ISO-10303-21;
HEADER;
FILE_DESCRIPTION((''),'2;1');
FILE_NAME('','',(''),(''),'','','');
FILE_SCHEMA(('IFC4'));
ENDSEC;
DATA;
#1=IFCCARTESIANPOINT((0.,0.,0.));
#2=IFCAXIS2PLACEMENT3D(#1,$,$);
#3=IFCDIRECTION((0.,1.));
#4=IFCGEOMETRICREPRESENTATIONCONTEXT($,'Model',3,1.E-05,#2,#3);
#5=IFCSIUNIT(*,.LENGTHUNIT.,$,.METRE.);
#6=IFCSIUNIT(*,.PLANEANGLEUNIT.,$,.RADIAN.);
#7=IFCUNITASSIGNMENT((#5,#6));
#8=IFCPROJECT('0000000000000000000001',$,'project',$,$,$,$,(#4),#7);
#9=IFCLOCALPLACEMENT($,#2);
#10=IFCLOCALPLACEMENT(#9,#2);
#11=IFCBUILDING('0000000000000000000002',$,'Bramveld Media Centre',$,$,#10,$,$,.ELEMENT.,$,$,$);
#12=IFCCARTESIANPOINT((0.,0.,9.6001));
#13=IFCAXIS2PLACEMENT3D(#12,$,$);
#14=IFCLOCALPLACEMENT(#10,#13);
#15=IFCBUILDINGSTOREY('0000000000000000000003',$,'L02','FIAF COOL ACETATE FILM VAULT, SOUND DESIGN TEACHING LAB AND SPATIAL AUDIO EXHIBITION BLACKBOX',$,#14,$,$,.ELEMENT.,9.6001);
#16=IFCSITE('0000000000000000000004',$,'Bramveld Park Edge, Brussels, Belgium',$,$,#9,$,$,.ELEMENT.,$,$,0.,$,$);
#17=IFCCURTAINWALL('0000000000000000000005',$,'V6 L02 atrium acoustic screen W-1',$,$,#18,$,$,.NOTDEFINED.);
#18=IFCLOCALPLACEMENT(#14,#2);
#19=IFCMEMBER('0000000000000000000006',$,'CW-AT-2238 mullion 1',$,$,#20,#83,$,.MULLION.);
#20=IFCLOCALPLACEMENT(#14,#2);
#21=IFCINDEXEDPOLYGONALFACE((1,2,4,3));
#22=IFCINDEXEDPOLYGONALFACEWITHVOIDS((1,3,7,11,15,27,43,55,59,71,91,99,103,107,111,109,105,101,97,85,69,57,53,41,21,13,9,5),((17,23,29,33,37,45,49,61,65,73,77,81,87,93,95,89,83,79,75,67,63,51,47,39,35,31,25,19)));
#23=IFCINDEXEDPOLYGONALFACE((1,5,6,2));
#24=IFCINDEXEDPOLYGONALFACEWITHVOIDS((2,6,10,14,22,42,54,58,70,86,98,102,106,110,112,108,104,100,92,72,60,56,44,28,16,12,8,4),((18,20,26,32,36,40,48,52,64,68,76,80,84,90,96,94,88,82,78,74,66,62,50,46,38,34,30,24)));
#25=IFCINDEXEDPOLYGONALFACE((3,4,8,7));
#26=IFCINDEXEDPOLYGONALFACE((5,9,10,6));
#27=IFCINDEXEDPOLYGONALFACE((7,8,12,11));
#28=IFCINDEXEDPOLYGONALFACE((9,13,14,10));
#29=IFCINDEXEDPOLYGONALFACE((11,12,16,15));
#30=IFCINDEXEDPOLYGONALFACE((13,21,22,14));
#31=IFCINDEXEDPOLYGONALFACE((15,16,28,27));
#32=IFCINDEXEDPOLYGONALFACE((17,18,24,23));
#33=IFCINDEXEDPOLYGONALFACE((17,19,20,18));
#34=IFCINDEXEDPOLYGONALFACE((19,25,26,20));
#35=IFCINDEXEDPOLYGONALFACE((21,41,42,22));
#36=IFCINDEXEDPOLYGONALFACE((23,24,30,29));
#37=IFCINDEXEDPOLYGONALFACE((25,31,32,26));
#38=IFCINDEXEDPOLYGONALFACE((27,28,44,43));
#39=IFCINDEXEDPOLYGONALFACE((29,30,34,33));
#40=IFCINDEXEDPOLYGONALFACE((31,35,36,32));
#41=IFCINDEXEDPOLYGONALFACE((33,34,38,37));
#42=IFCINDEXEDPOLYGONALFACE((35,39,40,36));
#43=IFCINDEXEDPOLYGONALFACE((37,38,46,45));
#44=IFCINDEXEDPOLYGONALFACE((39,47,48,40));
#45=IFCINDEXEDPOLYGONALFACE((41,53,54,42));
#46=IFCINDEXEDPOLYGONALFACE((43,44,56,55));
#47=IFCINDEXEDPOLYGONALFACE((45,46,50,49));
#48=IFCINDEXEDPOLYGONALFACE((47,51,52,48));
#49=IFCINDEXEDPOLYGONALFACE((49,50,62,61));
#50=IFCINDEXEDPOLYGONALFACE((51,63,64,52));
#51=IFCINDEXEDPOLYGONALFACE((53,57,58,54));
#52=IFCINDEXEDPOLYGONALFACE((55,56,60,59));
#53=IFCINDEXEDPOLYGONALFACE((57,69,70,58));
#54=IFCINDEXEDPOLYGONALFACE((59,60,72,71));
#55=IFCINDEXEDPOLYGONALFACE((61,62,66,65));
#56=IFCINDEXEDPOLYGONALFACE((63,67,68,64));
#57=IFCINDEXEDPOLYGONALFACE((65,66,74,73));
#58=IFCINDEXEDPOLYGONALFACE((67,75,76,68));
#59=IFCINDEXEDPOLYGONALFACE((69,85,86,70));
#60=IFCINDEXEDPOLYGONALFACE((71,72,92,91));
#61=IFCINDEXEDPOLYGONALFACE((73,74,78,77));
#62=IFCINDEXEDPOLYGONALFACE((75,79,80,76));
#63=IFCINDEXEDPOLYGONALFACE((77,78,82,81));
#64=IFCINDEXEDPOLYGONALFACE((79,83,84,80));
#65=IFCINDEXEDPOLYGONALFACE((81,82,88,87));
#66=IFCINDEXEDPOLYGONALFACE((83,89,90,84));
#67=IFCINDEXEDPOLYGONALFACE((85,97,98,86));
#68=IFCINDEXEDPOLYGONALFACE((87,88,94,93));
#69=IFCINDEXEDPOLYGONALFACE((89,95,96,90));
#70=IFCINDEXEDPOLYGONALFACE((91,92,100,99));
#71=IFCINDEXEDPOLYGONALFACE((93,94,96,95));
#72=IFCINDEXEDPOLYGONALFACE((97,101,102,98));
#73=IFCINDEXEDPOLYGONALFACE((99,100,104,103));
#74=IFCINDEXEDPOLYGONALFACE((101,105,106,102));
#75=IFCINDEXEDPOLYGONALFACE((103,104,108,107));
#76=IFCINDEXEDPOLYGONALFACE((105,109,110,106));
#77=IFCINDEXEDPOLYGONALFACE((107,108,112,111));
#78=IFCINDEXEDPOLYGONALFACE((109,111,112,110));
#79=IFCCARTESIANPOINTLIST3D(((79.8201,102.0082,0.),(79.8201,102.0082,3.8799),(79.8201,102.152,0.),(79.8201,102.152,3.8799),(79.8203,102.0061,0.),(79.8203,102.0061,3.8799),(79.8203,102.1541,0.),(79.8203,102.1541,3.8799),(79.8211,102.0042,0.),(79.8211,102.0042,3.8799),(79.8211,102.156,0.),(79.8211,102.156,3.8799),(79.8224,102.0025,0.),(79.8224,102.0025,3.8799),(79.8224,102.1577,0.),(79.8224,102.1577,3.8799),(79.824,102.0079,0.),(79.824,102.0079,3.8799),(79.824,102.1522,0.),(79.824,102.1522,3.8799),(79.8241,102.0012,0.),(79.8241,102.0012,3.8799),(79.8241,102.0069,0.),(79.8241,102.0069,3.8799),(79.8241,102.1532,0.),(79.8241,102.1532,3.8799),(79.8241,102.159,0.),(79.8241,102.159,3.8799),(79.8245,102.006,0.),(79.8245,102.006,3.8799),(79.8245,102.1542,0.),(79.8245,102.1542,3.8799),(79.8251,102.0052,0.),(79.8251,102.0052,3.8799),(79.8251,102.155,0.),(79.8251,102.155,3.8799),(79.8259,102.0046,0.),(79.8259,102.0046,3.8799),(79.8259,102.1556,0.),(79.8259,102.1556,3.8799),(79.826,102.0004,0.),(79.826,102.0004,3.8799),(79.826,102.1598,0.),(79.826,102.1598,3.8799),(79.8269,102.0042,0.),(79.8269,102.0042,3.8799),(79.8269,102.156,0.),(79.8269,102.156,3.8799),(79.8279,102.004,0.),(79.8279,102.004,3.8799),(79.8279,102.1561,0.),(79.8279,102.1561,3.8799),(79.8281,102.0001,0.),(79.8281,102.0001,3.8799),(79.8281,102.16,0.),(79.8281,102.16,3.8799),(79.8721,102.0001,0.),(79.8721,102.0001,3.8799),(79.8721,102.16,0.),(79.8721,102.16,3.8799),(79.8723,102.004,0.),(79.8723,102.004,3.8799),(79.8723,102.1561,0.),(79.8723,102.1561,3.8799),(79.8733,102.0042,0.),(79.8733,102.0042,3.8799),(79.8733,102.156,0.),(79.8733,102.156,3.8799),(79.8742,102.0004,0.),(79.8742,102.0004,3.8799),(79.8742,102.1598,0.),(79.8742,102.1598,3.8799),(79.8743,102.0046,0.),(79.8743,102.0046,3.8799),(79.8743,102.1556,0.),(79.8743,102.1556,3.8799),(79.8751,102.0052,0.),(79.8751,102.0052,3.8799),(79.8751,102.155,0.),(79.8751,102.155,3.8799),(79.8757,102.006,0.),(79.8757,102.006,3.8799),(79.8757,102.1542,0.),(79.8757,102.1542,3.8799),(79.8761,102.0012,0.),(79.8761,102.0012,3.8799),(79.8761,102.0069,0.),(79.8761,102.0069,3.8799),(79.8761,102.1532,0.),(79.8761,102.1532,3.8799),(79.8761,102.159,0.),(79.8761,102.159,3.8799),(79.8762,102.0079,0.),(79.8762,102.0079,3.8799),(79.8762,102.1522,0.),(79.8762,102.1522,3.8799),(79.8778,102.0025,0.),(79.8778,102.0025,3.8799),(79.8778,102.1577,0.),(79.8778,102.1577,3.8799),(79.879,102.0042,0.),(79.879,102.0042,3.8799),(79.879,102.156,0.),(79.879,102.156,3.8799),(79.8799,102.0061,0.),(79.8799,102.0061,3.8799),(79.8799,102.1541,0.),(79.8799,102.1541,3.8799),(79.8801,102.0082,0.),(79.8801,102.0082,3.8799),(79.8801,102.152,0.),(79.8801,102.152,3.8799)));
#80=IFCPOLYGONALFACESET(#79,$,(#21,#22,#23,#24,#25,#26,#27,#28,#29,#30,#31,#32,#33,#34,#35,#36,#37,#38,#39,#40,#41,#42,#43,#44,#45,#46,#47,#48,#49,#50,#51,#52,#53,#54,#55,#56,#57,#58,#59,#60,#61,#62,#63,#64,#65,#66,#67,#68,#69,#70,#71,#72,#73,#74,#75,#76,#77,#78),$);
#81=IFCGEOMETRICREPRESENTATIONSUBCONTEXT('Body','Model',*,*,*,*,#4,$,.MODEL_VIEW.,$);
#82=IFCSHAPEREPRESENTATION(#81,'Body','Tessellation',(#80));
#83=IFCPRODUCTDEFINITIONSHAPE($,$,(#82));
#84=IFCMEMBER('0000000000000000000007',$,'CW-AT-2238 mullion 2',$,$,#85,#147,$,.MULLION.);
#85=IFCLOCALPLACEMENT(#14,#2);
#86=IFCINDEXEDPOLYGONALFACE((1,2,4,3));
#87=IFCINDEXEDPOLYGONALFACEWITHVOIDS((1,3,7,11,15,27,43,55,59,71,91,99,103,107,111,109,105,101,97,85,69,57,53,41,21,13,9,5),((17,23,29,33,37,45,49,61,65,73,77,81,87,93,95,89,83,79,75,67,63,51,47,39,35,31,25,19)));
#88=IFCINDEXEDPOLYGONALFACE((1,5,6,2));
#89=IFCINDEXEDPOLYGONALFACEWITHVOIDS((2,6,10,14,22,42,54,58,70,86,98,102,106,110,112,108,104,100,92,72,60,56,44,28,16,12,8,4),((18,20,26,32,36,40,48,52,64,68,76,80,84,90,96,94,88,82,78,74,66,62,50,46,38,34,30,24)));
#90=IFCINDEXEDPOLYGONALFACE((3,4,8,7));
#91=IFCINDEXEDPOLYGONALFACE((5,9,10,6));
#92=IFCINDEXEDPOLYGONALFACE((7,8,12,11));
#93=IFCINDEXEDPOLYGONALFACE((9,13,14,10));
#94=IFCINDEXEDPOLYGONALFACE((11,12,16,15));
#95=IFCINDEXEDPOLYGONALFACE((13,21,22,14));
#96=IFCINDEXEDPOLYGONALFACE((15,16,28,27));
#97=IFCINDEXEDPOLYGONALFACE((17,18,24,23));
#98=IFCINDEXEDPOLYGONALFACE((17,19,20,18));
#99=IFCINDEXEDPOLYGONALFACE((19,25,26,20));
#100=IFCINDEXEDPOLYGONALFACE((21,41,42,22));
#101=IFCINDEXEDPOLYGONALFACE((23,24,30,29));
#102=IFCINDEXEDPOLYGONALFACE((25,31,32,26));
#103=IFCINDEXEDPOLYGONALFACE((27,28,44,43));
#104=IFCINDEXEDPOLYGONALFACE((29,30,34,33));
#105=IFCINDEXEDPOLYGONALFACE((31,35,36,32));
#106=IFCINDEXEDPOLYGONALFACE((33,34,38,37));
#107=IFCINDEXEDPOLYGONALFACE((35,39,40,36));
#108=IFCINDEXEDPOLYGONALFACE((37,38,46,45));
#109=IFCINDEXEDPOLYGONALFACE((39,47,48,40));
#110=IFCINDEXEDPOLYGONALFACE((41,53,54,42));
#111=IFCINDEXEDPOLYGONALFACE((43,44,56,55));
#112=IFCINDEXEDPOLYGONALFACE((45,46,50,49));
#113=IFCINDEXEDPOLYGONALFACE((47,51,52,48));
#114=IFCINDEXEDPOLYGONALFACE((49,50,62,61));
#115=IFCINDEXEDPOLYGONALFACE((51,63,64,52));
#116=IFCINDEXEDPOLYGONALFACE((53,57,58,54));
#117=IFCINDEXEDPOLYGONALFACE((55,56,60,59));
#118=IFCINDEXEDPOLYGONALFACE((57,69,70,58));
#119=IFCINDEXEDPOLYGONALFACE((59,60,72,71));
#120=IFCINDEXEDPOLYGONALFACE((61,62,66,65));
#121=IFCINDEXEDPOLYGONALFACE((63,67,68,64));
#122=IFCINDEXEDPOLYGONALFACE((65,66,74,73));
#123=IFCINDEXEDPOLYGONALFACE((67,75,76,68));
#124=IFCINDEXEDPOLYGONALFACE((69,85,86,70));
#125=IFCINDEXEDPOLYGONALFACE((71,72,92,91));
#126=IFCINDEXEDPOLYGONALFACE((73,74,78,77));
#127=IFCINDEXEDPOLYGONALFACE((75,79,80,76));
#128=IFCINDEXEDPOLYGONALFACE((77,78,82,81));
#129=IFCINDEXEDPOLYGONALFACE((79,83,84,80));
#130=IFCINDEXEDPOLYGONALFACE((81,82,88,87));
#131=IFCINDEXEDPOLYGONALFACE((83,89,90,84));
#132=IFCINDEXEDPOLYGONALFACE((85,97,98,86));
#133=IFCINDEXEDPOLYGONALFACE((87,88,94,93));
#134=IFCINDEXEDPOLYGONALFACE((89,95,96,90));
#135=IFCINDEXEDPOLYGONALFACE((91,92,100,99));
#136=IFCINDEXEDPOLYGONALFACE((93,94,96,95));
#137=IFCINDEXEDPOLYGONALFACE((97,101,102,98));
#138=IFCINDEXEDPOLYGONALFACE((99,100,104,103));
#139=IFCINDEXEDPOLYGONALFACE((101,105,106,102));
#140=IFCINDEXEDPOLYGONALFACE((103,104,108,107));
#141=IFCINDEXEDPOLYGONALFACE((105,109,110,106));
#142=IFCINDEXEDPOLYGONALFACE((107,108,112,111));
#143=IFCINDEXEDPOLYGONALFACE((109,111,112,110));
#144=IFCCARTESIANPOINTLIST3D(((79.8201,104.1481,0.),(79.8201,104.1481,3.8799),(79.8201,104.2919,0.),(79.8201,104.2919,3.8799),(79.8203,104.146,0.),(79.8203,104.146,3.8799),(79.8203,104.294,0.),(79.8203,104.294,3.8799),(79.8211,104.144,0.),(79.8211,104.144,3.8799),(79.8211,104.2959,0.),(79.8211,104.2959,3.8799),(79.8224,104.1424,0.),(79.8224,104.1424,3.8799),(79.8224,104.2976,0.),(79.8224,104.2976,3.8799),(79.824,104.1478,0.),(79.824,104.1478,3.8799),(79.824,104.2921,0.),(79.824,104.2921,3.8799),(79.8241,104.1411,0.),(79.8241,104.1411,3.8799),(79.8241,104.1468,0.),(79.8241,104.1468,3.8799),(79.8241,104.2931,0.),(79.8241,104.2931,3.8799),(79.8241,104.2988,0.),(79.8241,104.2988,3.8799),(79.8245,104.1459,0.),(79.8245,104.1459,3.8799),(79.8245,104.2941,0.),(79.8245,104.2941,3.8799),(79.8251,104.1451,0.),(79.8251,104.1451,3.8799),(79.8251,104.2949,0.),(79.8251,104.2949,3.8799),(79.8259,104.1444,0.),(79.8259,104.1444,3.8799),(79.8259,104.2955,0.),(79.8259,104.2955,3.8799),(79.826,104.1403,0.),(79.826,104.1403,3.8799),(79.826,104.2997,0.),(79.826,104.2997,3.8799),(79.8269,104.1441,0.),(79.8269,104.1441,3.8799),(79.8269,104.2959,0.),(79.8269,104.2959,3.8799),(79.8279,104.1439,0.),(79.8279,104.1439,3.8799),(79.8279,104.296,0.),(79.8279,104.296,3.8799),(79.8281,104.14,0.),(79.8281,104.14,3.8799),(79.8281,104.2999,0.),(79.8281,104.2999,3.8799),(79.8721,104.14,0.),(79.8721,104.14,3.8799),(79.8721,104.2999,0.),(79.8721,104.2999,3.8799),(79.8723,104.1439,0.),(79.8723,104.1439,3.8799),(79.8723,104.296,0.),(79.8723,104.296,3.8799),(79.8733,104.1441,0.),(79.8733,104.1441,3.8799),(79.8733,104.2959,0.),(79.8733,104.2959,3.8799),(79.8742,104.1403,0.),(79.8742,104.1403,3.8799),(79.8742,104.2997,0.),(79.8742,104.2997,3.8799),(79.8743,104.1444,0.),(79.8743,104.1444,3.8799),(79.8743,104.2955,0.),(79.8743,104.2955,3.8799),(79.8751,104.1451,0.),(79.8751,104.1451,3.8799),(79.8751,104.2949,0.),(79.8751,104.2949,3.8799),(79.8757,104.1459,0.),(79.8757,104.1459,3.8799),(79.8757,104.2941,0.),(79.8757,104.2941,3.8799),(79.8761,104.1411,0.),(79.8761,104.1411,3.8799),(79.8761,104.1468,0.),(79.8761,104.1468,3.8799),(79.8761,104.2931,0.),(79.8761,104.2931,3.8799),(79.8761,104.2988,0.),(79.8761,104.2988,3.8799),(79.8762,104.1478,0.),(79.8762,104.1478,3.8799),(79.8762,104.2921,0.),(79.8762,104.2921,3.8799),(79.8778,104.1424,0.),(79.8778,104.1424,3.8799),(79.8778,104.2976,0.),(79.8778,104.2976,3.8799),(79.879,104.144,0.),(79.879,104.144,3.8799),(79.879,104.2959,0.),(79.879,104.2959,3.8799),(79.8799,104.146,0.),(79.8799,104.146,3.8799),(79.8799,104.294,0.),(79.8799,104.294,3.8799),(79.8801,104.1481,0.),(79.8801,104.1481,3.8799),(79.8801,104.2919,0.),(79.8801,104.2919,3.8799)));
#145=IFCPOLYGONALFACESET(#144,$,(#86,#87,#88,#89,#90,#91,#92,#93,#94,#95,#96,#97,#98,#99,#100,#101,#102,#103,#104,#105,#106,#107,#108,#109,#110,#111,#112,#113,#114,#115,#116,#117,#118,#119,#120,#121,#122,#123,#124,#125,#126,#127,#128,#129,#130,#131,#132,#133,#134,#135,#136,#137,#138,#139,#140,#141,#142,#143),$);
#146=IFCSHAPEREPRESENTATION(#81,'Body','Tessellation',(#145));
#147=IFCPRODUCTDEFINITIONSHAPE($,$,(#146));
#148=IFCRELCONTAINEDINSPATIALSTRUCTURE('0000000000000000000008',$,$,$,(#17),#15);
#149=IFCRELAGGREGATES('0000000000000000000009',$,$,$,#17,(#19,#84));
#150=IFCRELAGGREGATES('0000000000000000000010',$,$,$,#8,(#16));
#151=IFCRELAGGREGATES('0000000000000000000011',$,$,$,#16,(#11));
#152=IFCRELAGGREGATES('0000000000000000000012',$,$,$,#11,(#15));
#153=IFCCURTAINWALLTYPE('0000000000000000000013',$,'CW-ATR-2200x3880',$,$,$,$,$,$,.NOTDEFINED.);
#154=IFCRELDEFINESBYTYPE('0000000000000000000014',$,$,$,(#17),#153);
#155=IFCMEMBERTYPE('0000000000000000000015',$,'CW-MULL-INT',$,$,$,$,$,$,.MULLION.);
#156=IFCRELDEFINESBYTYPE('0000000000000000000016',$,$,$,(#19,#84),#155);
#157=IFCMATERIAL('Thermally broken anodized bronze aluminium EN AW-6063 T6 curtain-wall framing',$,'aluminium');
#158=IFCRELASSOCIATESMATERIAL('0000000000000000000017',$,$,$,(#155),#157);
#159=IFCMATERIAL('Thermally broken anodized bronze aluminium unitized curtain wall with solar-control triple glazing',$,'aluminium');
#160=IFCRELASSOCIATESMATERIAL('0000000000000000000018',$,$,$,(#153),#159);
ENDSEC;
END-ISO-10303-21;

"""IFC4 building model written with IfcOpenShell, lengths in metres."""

from ifc_helpers import new_model, si_unit, direction, frame, origin, origin_2d, place, context, subcontext, project, spatial, hollow_rectangle, extrude, material, material_profile, profile_set, type_object, element, aggregate, save


model = new_model("IFC4")

# Units and contexts
model_context = context("Model", 3, precision=1e-05, world=origin(), true_north=direction((0.0, 1.0)))
body_context = subcontext(model_context, "Body", "Model", "MODEL_VIEW")
ifc_project = project(units=[si_unit("LENGTHUNIT", "METRE"), si_unit("PLANEANGLEUNIT", "RADIAN")], contexts=[model_context])

# Site, building, storey
site_placement = place(None, origin())
site = spatial("IfcSite", under=ifc_project, at=site_placement, Name="Bramveld Park Edge, Brussels, Belgium", CompositionType="ELEMENT", RefElevation=0.0)
building_placement = place(site_placement, origin())
building = spatial("IfcBuilding", under=site, at=building_placement, Name="Bramveld Media Centre", CompositionType="ELEMENT")
storey_placement = place(building_placement, frame((0.0, 0.0, 9.6001)))
storey = spatial("IfcBuildingStorey", under=building, at=storey_placement, Name="L02", Description="FIAF COOL ACETATE FILM VAULT, SOUND DESIGN TEACHING LAB AND SPATIAL AUDIO EXHIBITION BLACKBOX", CompositionType="ELEMENT", Elevation=9.6001)

# Curtain wall, members
ifc_material_1 = material(Name="Thermally broken anodized bronze aluminium EN AW-6063 T6 curtain-wall framing", Category="aluminium")
ifc_material_profile_1 = material_profile(ifc_material_1, hollow_rectangle(XDim=0.0601, YDim=0.1599, WallThickness=0.0039, InnerFilletRadius=0.0039, OuterFilletRadius=0.0081, at=origin_2d()), Name="AL-MULL 60x160")
ifc_profile_set_1 = profile_set([ifc_material_profile_1], Name="Thermally broken anodized bronze aluminium EN AW-6063 T6 curtain-wall framing")
member_type_1 = type_object("IfcMemberType", Name="CW-MULL-INT", PredefinedType="MULLION", material=ifc_profile_set_1)
ifc_material_2 = material(Name="Thermally broken anodized bronze aluminium unitized curtain wall with solar-control triple glazing", Category="aluminium")
curtain_wall_type_1 = type_object("IfcCurtainWallType", Name="CW-ATR-2200x3880", PredefinedType="NOTDEFINED", material=ifc_material_2)
curtain_wall_1_placement = place(storey_placement, origin())
curtain_wall_1 = element("IfcCurtainWall", 1, at=curtain_wall_1_placement, inside=storey, type_object=curtain_wall_type_1, Name="V6 L02 atrium acoustic screen W-1", PredefinedType="NOTDEFINED")
member_1_placement = place(storey_placement, frame((79.8501, 102.0801, 0.0), z_axis=(0.0, 0.0, 1.0), x_axis=(-1.0, 0.0, 0.0)))
member_1 = element("IfcMember", 2, at=member_1_placement, type_object=member_type_1, Name="CW-AT-2238 mullion 1", PredefinedType="MULLION", context=body_context, shape_type="SweptSolid", body=[
    extrude(hollow_rectangle(XDim=0.0601, YDim=0.1599, WallThickness=0.0039, InnerFilletRadius=0.0039, OuterFilletRadius=0.0081, at=origin_2d()), origin(), (0.0, 0.0, 1.0), 3.8799),
])
member_2_placement = place(storey_placement, frame((79.8501, 104.22, 0.0), z_axis=(0.0, 0.0, 1.0), x_axis=(-1.0, 0.0, 0.0)))
member_2 = element("IfcMember", 3, at=member_2_placement, type_object=member_type_1, Name="CW-AT-2238 mullion 2", PredefinedType="MULLION", context=body_context, shape_type="SweptSolid", body=[
    extrude(hollow_rectangle(XDim=0.0601, YDim=0.1599, WallThickness=0.0039, InnerFilletRadius=0.0039, OuterFilletRadius=0.0081, at=origin_2d()), origin(), (0.0, 0.0, 1.0), 3.8799),
])

aggregate(curtain_wall_1, [member_1, member_2])

save(model, "model.ifc")
